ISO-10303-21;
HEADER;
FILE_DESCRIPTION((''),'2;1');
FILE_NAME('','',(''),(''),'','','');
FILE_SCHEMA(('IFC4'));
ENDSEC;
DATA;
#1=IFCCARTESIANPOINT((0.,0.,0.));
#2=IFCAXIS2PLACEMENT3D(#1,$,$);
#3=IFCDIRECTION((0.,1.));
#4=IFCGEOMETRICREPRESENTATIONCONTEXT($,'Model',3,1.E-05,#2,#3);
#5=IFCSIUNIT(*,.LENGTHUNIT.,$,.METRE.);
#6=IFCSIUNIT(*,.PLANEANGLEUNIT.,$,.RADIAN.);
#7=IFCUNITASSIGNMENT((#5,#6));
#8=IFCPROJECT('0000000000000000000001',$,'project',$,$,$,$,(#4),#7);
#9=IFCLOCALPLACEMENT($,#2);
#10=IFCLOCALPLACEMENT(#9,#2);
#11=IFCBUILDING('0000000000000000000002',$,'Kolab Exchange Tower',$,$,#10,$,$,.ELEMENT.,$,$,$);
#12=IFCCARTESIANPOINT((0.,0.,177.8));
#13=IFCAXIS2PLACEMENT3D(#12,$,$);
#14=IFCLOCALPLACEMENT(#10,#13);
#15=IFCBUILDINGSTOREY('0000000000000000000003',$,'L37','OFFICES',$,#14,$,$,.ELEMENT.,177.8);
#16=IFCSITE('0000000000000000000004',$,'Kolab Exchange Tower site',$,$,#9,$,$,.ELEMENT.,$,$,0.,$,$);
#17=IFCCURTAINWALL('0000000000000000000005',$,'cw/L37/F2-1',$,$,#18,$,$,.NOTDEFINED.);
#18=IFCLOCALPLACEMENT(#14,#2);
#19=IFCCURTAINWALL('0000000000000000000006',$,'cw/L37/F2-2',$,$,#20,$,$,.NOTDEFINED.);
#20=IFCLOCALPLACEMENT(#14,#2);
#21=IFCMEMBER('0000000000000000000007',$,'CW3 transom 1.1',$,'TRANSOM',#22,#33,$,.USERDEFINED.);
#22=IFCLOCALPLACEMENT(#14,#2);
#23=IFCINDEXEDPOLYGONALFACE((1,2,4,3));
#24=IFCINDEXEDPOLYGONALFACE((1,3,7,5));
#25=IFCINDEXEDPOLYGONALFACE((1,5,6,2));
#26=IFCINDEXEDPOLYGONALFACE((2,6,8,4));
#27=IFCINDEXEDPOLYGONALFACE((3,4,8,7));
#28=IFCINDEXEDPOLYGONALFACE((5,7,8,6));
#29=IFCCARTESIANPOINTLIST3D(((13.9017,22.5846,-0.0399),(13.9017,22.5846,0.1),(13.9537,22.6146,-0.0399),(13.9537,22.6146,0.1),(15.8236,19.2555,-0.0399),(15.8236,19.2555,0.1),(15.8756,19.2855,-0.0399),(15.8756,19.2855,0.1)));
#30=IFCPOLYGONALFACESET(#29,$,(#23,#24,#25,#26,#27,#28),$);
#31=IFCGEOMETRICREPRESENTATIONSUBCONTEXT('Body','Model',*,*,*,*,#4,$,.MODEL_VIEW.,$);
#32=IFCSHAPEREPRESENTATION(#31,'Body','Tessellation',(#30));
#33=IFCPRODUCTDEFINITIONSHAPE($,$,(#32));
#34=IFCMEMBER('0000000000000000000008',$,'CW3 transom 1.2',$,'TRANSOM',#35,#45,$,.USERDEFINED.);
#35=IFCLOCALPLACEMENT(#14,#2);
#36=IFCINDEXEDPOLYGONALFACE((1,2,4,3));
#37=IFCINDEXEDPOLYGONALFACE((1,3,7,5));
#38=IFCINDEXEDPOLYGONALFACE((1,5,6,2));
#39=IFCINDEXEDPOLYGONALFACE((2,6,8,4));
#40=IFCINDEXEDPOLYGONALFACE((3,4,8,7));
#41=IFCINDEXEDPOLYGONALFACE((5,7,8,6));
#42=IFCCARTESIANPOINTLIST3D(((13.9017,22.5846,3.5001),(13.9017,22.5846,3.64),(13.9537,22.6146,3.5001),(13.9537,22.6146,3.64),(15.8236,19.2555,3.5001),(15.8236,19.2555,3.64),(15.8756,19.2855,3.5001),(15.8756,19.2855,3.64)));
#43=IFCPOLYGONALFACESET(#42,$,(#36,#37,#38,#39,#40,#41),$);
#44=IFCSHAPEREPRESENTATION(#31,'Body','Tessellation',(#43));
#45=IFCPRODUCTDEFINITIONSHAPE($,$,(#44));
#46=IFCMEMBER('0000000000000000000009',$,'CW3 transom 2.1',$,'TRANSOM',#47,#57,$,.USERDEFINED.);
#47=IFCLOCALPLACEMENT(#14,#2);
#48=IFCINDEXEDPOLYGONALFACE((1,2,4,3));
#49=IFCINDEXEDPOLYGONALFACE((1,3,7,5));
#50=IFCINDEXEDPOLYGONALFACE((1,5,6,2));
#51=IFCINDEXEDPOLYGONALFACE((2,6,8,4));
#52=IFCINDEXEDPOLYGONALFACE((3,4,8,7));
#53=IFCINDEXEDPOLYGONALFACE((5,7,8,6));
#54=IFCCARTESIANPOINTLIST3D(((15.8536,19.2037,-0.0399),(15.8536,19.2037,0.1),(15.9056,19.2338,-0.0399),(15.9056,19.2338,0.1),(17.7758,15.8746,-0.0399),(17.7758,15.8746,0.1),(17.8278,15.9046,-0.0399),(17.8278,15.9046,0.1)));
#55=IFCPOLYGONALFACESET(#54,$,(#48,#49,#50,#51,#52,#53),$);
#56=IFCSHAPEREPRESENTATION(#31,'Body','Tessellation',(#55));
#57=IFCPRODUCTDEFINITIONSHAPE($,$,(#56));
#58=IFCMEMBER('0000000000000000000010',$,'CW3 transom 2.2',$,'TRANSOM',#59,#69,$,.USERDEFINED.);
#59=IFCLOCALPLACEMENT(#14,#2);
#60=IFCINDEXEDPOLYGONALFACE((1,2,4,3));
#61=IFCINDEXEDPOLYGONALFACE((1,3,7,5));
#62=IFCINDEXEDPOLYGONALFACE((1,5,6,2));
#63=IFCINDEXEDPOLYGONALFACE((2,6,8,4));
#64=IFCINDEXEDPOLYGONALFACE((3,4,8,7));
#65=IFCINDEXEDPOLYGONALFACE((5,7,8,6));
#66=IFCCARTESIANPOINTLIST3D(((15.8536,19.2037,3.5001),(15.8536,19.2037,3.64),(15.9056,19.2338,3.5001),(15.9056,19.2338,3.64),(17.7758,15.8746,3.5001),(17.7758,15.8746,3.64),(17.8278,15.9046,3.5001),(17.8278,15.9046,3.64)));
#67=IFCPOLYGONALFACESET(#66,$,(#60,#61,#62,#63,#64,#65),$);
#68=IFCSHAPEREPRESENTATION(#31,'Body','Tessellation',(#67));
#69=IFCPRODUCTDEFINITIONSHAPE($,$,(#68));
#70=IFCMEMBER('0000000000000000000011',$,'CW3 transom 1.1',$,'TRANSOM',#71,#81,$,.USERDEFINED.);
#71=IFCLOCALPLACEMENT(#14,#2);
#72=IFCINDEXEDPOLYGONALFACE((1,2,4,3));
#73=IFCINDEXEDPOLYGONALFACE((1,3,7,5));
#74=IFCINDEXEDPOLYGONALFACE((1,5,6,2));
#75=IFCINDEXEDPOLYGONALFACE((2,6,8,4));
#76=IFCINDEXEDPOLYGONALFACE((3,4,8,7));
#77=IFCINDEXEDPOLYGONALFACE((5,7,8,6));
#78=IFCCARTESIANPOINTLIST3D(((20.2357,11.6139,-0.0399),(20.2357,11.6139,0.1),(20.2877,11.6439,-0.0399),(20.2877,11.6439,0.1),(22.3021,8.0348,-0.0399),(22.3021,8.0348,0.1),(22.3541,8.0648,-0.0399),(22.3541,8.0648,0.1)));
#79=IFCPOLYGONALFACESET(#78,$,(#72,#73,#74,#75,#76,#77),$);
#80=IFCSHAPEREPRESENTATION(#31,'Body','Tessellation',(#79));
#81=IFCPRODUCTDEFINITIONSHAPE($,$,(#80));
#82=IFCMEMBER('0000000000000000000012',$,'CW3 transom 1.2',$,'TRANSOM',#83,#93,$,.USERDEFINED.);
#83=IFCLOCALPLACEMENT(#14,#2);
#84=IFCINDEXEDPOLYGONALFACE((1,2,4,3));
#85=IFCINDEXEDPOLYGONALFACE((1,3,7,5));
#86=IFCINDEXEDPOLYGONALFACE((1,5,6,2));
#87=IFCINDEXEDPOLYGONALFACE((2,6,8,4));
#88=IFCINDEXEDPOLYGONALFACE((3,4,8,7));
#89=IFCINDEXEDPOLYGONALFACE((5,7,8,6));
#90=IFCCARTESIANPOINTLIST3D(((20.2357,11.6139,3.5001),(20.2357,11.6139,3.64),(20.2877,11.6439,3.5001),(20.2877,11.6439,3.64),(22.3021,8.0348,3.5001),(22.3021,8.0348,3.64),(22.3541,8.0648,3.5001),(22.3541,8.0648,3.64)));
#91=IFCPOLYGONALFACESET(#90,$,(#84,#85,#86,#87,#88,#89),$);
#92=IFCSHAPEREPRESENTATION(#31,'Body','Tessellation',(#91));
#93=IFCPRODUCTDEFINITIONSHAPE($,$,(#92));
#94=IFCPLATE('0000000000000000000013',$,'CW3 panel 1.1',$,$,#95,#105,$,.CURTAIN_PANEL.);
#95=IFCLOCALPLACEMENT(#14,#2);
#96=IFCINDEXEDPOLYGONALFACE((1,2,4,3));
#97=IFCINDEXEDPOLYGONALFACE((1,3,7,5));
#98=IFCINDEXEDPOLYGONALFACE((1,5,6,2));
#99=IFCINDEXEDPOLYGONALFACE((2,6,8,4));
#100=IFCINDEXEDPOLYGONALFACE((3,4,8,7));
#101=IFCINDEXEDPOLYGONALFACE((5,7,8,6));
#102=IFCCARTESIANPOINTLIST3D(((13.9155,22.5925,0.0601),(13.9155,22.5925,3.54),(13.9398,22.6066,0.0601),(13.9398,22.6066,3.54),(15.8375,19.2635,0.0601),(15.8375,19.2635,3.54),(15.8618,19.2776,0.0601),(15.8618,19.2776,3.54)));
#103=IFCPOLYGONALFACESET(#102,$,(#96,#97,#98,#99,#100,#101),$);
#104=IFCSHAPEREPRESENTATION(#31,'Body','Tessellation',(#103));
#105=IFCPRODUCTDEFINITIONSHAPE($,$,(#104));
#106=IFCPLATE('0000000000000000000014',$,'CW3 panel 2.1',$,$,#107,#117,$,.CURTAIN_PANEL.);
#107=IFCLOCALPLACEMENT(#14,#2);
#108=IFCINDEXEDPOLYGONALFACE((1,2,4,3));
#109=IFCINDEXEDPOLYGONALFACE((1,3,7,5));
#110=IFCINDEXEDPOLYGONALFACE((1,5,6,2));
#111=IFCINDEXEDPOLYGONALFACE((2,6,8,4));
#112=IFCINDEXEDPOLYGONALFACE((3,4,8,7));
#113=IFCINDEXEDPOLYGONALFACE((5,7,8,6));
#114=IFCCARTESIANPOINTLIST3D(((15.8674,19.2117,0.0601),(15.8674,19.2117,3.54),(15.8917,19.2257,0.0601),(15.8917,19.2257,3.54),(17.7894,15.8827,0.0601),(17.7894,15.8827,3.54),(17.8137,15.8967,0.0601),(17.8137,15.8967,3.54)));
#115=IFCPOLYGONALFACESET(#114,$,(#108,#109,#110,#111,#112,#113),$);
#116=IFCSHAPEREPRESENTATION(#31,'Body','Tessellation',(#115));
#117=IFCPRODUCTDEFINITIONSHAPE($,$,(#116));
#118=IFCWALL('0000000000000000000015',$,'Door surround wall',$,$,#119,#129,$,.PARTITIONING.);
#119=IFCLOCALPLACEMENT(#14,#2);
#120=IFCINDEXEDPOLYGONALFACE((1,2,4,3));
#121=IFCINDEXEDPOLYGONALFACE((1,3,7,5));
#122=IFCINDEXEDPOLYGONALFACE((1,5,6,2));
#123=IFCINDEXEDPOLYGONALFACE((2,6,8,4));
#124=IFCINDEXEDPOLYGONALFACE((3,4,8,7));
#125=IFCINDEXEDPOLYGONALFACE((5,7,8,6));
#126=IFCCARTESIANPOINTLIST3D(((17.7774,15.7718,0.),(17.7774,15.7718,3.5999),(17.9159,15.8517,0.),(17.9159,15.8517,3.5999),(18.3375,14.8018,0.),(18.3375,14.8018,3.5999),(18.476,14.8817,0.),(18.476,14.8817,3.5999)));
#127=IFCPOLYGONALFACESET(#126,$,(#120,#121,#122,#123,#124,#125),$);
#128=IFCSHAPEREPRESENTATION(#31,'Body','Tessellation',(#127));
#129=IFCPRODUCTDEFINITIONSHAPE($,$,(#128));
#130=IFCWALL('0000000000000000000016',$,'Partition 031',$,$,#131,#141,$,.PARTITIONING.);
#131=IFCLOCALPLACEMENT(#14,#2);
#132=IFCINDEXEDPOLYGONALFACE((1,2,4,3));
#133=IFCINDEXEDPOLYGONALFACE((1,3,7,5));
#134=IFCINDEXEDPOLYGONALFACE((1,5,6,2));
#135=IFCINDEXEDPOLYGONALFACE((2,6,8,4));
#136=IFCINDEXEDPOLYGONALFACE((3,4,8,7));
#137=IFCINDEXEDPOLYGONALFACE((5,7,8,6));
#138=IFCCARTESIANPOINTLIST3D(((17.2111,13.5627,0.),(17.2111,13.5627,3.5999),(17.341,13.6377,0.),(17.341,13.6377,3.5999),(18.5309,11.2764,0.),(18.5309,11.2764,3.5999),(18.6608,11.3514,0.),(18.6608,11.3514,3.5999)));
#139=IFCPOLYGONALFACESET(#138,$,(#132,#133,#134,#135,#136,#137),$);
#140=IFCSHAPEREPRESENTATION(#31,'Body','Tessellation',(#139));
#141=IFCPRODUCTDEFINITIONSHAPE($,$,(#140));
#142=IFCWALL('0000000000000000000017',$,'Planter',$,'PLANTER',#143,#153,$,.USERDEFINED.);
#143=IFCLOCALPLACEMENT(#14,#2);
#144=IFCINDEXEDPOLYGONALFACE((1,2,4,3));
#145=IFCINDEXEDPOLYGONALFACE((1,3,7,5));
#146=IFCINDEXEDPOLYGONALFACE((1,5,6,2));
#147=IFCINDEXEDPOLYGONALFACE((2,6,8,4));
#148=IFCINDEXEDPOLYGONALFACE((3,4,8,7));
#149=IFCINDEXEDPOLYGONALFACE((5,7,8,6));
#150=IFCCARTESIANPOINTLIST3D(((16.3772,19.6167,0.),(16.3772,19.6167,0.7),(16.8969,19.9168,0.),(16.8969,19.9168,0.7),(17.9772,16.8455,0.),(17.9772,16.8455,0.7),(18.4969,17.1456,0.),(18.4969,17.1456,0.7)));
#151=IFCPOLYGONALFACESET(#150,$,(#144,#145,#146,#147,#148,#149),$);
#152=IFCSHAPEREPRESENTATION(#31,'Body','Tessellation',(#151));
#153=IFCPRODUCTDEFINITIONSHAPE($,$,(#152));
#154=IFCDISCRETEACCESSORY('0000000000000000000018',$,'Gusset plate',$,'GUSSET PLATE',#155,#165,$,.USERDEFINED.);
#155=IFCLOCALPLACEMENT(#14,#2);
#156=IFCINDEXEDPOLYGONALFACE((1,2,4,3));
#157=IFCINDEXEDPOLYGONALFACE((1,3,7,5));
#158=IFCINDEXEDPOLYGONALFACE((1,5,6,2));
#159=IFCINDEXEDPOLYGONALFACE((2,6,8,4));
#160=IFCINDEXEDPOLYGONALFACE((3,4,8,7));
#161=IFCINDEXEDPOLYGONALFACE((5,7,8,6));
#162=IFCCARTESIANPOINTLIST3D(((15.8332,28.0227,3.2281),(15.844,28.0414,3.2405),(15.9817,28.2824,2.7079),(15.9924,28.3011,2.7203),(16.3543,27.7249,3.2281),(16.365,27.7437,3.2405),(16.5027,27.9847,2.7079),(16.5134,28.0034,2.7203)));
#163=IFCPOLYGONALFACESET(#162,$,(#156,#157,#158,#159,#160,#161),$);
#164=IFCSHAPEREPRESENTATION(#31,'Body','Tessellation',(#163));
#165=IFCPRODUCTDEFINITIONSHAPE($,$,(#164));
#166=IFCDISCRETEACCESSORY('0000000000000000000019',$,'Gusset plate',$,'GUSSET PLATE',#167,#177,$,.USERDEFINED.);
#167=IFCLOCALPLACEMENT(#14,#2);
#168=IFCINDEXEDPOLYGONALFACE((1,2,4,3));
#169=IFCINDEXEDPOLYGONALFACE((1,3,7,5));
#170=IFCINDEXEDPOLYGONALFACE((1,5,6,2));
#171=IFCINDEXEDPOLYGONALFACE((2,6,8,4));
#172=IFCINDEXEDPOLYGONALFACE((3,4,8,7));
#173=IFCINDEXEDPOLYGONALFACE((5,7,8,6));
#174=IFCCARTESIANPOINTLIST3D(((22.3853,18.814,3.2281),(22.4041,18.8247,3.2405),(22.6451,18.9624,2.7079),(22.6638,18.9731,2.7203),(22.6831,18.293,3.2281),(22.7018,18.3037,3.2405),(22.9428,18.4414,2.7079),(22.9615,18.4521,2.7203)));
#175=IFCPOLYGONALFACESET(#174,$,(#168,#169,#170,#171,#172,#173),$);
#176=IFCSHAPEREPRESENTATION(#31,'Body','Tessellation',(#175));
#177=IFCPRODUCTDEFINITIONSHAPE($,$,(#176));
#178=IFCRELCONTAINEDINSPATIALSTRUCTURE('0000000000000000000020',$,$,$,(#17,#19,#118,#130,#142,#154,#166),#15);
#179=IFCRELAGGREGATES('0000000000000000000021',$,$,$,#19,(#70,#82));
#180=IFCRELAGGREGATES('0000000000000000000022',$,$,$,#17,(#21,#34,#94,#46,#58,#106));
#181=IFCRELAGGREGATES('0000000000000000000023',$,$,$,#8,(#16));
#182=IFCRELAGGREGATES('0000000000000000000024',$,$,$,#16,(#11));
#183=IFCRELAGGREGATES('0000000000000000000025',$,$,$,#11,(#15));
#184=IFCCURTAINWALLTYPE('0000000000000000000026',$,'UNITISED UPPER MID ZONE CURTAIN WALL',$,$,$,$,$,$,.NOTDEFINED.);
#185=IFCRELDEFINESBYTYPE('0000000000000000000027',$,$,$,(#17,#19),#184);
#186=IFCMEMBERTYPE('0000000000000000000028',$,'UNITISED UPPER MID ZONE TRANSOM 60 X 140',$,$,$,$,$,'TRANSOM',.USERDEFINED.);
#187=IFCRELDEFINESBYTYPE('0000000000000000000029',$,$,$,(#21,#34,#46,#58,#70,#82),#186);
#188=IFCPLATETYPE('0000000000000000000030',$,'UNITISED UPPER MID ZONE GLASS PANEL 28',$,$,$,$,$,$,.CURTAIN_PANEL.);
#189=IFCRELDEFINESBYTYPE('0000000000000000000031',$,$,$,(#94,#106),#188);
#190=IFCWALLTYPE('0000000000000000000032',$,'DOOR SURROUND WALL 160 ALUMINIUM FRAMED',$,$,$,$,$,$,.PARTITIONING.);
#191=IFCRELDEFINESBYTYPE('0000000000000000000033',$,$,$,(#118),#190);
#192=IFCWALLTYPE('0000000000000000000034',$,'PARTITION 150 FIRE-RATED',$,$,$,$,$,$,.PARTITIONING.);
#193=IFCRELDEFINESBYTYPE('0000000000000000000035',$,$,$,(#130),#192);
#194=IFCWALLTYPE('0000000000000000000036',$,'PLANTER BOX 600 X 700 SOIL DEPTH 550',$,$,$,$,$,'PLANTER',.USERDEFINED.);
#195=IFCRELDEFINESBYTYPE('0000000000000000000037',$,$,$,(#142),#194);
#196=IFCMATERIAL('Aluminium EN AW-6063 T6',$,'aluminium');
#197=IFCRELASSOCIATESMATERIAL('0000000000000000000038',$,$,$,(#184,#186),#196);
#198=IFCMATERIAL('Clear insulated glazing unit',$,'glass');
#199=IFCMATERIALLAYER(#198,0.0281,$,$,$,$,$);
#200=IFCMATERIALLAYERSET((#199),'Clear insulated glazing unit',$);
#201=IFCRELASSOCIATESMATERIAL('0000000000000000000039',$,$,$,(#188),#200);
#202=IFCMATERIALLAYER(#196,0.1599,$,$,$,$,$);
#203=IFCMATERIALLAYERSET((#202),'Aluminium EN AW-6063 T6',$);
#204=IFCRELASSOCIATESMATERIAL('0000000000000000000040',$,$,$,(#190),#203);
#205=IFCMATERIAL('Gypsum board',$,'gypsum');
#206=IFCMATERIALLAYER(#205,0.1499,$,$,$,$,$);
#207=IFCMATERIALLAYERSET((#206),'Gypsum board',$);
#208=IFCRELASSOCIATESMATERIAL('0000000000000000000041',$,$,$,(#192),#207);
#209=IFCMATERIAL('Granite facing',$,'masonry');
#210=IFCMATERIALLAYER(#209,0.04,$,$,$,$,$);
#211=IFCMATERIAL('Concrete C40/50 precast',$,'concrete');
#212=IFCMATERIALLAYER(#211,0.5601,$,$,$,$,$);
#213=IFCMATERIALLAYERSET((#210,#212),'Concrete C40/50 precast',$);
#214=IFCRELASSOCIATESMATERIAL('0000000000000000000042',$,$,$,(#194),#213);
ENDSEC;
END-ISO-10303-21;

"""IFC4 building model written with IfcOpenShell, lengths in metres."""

from ifc_helpers import new_model, si_unit, direction, frame, frame_2d, origin, origin_2d, place, context, subcontext, project, spatial, rectangle, extrude, material, layer, layer_set, material_profile, profile_set, type_object, element, aggregate, save


model = new_model("IFC4")

# Units and contexts
model_context = context("Model", 3, precision=1e-05, world=origin(), true_north=direction((0.0, 1.0)))
body_context = subcontext(model_context, "Body", "Model", "MODEL_VIEW")
ifc_project = project(units=[si_unit("LENGTHUNIT", "METRE"), si_unit("PLANEANGLEUNIT", "RADIAN")], contexts=[model_context])

# Site, building, storey
site_placement = place(None, origin())
site = spatial("IfcSite", under=ifc_project, at=site_placement, Name="Kolab Exchange Tower site", CompositionType="ELEMENT", RefElevation=0.0)
building_placement = place(site_placement, origin())
building = spatial("IfcBuilding", under=site, at=building_placement, Name="Kolab Exchange Tower", CompositionType="ELEMENT")
storey_placement = place(building_placement, frame((0.0, 0.0, 177.8)))
storey = spatial("IfcBuildingStorey", under=building, at=storey_placement, Name="L37", Description="OFFICES", CompositionType="ELEMENT", Elevation=177.8)

# Curtain wall
ifc_material_1 = material(Name="Aluminium EN AW-6063 T6", Category="aluminium")
curtain_wall_type = type_object("IfcCurtainWallType", Name="UNITISED UPPER MID ZONE CURTAIN WALL", PredefinedType="NOTDEFINED", material=ifc_material_1)
curtain_wall_1_placement = place(storey_placement, origin())
curtain_wall_1 = element("IfcCurtainWall", 1, at=curtain_wall_1_placement, inside=storey, type_object=curtain_wall_type, Name="cw/L37/F2-1", PredefinedType="NOTDEFINED")

# Curtain wall
curtain_wall_2_placement = place(storey_placement, origin())
curtain_wall_2 = element("IfcCurtainWall", 2, at=curtain_wall_2_placement, inside=storey, type_object=curtain_wall_type, Name="cw/L37/F2-2", PredefinedType="NOTDEFINED")

# Members
ifc_material_profile_1 = material_profile(ifc_material_1, rectangle(XDim=0.0601, YDim=0.1399, at=origin_2d()), Name="RECT 60X140")
ifc_profile_set_1 = profile_set([ifc_material_profile_1], Name="Aluminium EN AW-6063 T6")
member_type_1 = type_object("IfcMemberType", Name="UNITISED UPPER MID ZONE TRANSOM 60 X 140", ElementType="TRANSOM", PredefinedType="USERDEFINED", material=ifc_profile_set_1)
member_1_placement = place(storey_placement, frame((13.9277, 22.5996, 0.03), z_axis=(0.499964, -0.866046, 0.0), x_axis=(0.866046, 0.499964, 0.0)))
member_1 = element("IfcMember", 3, at=member_1_placement, type_object=member_type_1, Name="CW3 transom 1.1", ObjectType="TRANSOM", PredefinedType="USERDEFINED", context=body_context, shape_type="SweptSolid", body=[
    extrude(rectangle(XDim=0.0601, YDim=0.1399, at=origin_2d()), origin(), (0.0, 0.0, 1.0), 3.844),
])
member_2_placement = place(storey_placement, frame((13.9277, 22.5996, 3.5701), z_axis=(0.499964, -0.866046, 0.0), x_axis=(0.866046, 0.499964, 0.0)))
member_2 = element("IfcMember", 4, at=member_2_placement, type_object=member_type_1, Name="CW3 transom 1.2", ObjectType="TRANSOM", PredefinedType="USERDEFINED", context=body_context, shape_type="SweptSolid", body=[
    extrude(rectangle(XDim=0.0601, YDim=0.1399, at=origin_2d()), origin(), (0.0, 0.0, 1.0), 3.844),
])
member_3_placement = place(storey_placement, frame((15.8796, 19.2188, 0.03), z_axis=(0.500012, -0.866018, 0.0), x_axis=(0.866018, 0.500012, 0.0)))
member_3 = element("IfcMember", 5, at=member_3_placement, type_object=member_type_1, Name="CW3 transom 2.1", ObjectType="TRANSOM", PredefinedType="USERDEFINED", context=body_context, shape_type="SweptSolid", body=[
    extrude(rectangle(XDim=0.0601, YDim=0.1399, at=origin_2d()), origin(), (0.0, 0.0, 1.0), 3.8442),
])
member_4_placement = place(storey_placement, frame((15.8796, 19.2188, 3.5701), z_axis=(0.500012, -0.866018, 0.0), x_axis=(0.866018, 0.500012, 0.0)))
member_4 = element("IfcMember", 6, at=member_4_placement, type_object=member_type_1, Name="CW3 transom 2.2", ObjectType="TRANSOM", PredefinedType="USERDEFINED", context=body_context, shape_type="SweptSolid", body=[
    extrude(rectangle(XDim=0.0601, YDim=0.1399, at=origin_2d()), origin(), (0.0, 0.0, 1.0), 3.8442),
])
member_5_placement = place(storey_placement, frame((20.2617, 11.6289, 0.03), z_axis=(0.500002, -0.866024, 0.0), x_axis=(0.866024, 0.500002, 0.0)))
member_5 = element("IfcMember", 7, at=member_5_placement, type_object=member_type_1, Name="CW3 transom 1.1", ObjectType="TRANSOM", PredefinedType="USERDEFINED", context=body_context, shape_type="SweptSolid", body=[
    extrude(rectangle(XDim=0.0601, YDim=0.1399, at=origin_2d()), origin(), (0.0, 0.0, 1.0), 4.1328),
])
member_6_placement = place(storey_placement, frame((20.2617, 11.6289, 3.5701), z_axis=(0.500002, -0.866024, 0.0), x_axis=(0.866024, 0.500002, 0.0)))
member_6 = element("IfcMember", 8, at=member_6_placement, type_object=member_type_1, Name="CW3 transom 1.2", ObjectType="TRANSOM", PredefinedType="USERDEFINED", context=body_context, shape_type="SweptSolid", body=[
    extrude(rectangle(XDim=0.0601, YDim=0.1399, at=origin_2d()), origin(), (0.0, 0.0, 1.0), 4.1328),
])
aggregate(curtain_wall_2, [member_5, member_6])

# Plates
ifc_material_2 = material(Name="Clear insulated glazing unit", Category="glass")
ifc_layer_1 = layer(ifc_material_2, 0.0281)
ifc_layer_set_1 = layer_set([ifc_layer_1], Name="Clear insulated glazing unit")
plate_type = type_object("IfcPlateType", Name="UNITISED UPPER MID ZONE GLASS PANEL 28", PredefinedType="CURTAIN_PANEL", material=ifc_layer_set_1)
plate_1_placement = place(storey_placement, frame((14.8887, 20.9351, 0.0601), z_axis=(0.0, 0.0, 1.0), x_axis=(0.5, -0.866025, 0.0)))
plate_1 = element("IfcPlate", 9, at=plate_1_placement, type_object=plate_type, Name="CW3 panel 1.1", PredefinedType="CURTAIN_PANEL", context=body_context, shape_type="SweptSolid", body=[
    extrude(rectangle(XDim=3.844, YDim=0.0281, at=origin_2d()), origin(), (0.0, 0.0, 1.0), 3.48),
])
plate_2_placement = place(storey_placement, frame((16.8406, 17.5542, 0.0601), z_axis=(0.0, 0.0, 1.0), x_axis=(0.5, -0.866025, 0.0)))
plate_2 = element("IfcPlate", 10, at=plate_2_placement, type_object=plate_type, Name="CW3 panel 2.1", PredefinedType="CURTAIN_PANEL", context=body_context, shape_type="SweptSolid", body=[
    extrude(rectangle(XDim=3.844, YDim=0.0281, at=origin_2d()), origin(), (0.0, 0.0, 1.0), 3.48),
])
aggregate(curtain_wall_1, [member_1, member_2, plate_1, member_3, member_4, plate_2])

# Shared definitions
ifc_layer_2 = layer(ifc_material_1, 0.1599)
ifc_layer_set_2 = layer_set([ifc_layer_2], Name="Aluminium EN AW-6063 T6")
wall_type_1 = type_object("IfcWallType", Name="DOOR SURROUND WALL 160 ALUMINIUM FRAMED", PredefinedType="PARTITIONING", material=ifc_layer_set_2)

# Walls
wall_1_placement = place(storey_placement, frame((17.8467, 15.8118, 0.0), z_axis=(0.0, 0.0, 1.0), x_axis=(0.500031, -0.866008, 0.0)))
element("IfcWall", 11, at=wall_1_placement, inside=storey, type_object=wall_type_1, Name="Door surround wall", PredefinedType="PARTITIONING", context=body_context, shape_type="SweptSolid", body=[
    extrude(rectangle(XDim=1.1201, YDim=0.1599, at=frame_2d((0.5601, 0.0))), origin(), (0.0, 0.0, 1.0), 3.5999),
])
ifc_material_3 = material(Name="Gypsum board", Category="gypsum")
ifc_layer_3 = layer(ifc_material_3, 0.1499)
ifc_layer_set_3 = layer_set([ifc_layer_3], Name="Gypsum board")
wall_type_2 = type_object("IfcWallType", Name="PARTITION 150 FIRE-RATED", PredefinedType="PARTITIONING", material=ifc_layer_set_3)
wall_2_placement = place(storey_placement, frame((17.2761, 13.6001, 0.0), z_axis=(0.0, 0.0, 1.0), x_axis=(0.499939, -0.866061, 0.0)))
element("IfcWall", 12, at=wall_2_placement, inside=storey, type_object=wall_type_2, Name="Partition 031", PredefinedType="PARTITIONING", context=body_context, shape_type="SweptSolid", body=[
    extrude(rectangle(XDim=2.6399, YDim=0.1499, at=frame_2d((1.3198, 0.0))), origin(), (0.0, 0.0, 1.0), 3.5999),
])
ifc_material_4 = material(Name="Granite facing", Category="masonry")
ifc_layer_4 = layer(ifc_material_4, 0.04)
ifc_material_5 = material(Name="Concrete C40/50 precast", Category="concrete")
ifc_layer_5 = layer(ifc_material_5, 0.5601)
ifc_layer_set_4 = layer_set([ifc_layer_4, ifc_layer_5], Name="Concrete C40/50 precast")
wall_type_3 = type_object("IfcWallType", Name="PLANTER BOX 600 X 700 SOIL DEPTH 550", ElementType="PLANTER", PredefinedType="USERDEFINED", material=ifc_layer_set_4)
wall_3_placement = place(storey_placement, frame((16.637, 19.7668, 0.0), z_axis=(0.0, 0.0, 1.0), x_axis=(0.500028, -0.866009, 0.0)))
element("IfcWall", 13, at=wall_3_placement, inside=storey, type_object=wall_type_3, Name="Planter", ObjectType="PLANTER", PredefinedType="USERDEFINED", context=body_context, shape_type="SweptSolid", body=[
    extrude(rectangle(XDim=3.2, YDim=0.6001, at=frame_2d((1.6001, 0.0))), origin(), (0.0, 0.0, 1.0), 0.7),
])

# Discrete accessories
for number, where, z_axis, x_axis, name in (
    (14, (16.168, 28.0037, 2.968), (0.430093, 0.752663, 0.498517), (-0.868243, 0.496139, 0.0), "Gusset plate"),
    (15, (22.6641, 18.6277, 2.968), (0.752663, 0.430093, 0.498517), (-0.496139, 0.868243, 0.0), "Gusset plate"),
):
    element("IfcDiscreteAccessory", number, at=place(storey_placement, frame(where, z_axis=z_axis, x_axis=x_axis)), inside=storey, Name=name, ObjectType="GUSSET PLATE", PredefinedType="USERDEFINED", context=body_context, shape_type="SweptSolid", body=[
        extrude(rectangle(XDim=0.6001, YDim=0.6001, at=origin_2d()), origin(), (0.0, 0.0, 1.0), 0.0249),
    ])

save(model, "model.ifc")
